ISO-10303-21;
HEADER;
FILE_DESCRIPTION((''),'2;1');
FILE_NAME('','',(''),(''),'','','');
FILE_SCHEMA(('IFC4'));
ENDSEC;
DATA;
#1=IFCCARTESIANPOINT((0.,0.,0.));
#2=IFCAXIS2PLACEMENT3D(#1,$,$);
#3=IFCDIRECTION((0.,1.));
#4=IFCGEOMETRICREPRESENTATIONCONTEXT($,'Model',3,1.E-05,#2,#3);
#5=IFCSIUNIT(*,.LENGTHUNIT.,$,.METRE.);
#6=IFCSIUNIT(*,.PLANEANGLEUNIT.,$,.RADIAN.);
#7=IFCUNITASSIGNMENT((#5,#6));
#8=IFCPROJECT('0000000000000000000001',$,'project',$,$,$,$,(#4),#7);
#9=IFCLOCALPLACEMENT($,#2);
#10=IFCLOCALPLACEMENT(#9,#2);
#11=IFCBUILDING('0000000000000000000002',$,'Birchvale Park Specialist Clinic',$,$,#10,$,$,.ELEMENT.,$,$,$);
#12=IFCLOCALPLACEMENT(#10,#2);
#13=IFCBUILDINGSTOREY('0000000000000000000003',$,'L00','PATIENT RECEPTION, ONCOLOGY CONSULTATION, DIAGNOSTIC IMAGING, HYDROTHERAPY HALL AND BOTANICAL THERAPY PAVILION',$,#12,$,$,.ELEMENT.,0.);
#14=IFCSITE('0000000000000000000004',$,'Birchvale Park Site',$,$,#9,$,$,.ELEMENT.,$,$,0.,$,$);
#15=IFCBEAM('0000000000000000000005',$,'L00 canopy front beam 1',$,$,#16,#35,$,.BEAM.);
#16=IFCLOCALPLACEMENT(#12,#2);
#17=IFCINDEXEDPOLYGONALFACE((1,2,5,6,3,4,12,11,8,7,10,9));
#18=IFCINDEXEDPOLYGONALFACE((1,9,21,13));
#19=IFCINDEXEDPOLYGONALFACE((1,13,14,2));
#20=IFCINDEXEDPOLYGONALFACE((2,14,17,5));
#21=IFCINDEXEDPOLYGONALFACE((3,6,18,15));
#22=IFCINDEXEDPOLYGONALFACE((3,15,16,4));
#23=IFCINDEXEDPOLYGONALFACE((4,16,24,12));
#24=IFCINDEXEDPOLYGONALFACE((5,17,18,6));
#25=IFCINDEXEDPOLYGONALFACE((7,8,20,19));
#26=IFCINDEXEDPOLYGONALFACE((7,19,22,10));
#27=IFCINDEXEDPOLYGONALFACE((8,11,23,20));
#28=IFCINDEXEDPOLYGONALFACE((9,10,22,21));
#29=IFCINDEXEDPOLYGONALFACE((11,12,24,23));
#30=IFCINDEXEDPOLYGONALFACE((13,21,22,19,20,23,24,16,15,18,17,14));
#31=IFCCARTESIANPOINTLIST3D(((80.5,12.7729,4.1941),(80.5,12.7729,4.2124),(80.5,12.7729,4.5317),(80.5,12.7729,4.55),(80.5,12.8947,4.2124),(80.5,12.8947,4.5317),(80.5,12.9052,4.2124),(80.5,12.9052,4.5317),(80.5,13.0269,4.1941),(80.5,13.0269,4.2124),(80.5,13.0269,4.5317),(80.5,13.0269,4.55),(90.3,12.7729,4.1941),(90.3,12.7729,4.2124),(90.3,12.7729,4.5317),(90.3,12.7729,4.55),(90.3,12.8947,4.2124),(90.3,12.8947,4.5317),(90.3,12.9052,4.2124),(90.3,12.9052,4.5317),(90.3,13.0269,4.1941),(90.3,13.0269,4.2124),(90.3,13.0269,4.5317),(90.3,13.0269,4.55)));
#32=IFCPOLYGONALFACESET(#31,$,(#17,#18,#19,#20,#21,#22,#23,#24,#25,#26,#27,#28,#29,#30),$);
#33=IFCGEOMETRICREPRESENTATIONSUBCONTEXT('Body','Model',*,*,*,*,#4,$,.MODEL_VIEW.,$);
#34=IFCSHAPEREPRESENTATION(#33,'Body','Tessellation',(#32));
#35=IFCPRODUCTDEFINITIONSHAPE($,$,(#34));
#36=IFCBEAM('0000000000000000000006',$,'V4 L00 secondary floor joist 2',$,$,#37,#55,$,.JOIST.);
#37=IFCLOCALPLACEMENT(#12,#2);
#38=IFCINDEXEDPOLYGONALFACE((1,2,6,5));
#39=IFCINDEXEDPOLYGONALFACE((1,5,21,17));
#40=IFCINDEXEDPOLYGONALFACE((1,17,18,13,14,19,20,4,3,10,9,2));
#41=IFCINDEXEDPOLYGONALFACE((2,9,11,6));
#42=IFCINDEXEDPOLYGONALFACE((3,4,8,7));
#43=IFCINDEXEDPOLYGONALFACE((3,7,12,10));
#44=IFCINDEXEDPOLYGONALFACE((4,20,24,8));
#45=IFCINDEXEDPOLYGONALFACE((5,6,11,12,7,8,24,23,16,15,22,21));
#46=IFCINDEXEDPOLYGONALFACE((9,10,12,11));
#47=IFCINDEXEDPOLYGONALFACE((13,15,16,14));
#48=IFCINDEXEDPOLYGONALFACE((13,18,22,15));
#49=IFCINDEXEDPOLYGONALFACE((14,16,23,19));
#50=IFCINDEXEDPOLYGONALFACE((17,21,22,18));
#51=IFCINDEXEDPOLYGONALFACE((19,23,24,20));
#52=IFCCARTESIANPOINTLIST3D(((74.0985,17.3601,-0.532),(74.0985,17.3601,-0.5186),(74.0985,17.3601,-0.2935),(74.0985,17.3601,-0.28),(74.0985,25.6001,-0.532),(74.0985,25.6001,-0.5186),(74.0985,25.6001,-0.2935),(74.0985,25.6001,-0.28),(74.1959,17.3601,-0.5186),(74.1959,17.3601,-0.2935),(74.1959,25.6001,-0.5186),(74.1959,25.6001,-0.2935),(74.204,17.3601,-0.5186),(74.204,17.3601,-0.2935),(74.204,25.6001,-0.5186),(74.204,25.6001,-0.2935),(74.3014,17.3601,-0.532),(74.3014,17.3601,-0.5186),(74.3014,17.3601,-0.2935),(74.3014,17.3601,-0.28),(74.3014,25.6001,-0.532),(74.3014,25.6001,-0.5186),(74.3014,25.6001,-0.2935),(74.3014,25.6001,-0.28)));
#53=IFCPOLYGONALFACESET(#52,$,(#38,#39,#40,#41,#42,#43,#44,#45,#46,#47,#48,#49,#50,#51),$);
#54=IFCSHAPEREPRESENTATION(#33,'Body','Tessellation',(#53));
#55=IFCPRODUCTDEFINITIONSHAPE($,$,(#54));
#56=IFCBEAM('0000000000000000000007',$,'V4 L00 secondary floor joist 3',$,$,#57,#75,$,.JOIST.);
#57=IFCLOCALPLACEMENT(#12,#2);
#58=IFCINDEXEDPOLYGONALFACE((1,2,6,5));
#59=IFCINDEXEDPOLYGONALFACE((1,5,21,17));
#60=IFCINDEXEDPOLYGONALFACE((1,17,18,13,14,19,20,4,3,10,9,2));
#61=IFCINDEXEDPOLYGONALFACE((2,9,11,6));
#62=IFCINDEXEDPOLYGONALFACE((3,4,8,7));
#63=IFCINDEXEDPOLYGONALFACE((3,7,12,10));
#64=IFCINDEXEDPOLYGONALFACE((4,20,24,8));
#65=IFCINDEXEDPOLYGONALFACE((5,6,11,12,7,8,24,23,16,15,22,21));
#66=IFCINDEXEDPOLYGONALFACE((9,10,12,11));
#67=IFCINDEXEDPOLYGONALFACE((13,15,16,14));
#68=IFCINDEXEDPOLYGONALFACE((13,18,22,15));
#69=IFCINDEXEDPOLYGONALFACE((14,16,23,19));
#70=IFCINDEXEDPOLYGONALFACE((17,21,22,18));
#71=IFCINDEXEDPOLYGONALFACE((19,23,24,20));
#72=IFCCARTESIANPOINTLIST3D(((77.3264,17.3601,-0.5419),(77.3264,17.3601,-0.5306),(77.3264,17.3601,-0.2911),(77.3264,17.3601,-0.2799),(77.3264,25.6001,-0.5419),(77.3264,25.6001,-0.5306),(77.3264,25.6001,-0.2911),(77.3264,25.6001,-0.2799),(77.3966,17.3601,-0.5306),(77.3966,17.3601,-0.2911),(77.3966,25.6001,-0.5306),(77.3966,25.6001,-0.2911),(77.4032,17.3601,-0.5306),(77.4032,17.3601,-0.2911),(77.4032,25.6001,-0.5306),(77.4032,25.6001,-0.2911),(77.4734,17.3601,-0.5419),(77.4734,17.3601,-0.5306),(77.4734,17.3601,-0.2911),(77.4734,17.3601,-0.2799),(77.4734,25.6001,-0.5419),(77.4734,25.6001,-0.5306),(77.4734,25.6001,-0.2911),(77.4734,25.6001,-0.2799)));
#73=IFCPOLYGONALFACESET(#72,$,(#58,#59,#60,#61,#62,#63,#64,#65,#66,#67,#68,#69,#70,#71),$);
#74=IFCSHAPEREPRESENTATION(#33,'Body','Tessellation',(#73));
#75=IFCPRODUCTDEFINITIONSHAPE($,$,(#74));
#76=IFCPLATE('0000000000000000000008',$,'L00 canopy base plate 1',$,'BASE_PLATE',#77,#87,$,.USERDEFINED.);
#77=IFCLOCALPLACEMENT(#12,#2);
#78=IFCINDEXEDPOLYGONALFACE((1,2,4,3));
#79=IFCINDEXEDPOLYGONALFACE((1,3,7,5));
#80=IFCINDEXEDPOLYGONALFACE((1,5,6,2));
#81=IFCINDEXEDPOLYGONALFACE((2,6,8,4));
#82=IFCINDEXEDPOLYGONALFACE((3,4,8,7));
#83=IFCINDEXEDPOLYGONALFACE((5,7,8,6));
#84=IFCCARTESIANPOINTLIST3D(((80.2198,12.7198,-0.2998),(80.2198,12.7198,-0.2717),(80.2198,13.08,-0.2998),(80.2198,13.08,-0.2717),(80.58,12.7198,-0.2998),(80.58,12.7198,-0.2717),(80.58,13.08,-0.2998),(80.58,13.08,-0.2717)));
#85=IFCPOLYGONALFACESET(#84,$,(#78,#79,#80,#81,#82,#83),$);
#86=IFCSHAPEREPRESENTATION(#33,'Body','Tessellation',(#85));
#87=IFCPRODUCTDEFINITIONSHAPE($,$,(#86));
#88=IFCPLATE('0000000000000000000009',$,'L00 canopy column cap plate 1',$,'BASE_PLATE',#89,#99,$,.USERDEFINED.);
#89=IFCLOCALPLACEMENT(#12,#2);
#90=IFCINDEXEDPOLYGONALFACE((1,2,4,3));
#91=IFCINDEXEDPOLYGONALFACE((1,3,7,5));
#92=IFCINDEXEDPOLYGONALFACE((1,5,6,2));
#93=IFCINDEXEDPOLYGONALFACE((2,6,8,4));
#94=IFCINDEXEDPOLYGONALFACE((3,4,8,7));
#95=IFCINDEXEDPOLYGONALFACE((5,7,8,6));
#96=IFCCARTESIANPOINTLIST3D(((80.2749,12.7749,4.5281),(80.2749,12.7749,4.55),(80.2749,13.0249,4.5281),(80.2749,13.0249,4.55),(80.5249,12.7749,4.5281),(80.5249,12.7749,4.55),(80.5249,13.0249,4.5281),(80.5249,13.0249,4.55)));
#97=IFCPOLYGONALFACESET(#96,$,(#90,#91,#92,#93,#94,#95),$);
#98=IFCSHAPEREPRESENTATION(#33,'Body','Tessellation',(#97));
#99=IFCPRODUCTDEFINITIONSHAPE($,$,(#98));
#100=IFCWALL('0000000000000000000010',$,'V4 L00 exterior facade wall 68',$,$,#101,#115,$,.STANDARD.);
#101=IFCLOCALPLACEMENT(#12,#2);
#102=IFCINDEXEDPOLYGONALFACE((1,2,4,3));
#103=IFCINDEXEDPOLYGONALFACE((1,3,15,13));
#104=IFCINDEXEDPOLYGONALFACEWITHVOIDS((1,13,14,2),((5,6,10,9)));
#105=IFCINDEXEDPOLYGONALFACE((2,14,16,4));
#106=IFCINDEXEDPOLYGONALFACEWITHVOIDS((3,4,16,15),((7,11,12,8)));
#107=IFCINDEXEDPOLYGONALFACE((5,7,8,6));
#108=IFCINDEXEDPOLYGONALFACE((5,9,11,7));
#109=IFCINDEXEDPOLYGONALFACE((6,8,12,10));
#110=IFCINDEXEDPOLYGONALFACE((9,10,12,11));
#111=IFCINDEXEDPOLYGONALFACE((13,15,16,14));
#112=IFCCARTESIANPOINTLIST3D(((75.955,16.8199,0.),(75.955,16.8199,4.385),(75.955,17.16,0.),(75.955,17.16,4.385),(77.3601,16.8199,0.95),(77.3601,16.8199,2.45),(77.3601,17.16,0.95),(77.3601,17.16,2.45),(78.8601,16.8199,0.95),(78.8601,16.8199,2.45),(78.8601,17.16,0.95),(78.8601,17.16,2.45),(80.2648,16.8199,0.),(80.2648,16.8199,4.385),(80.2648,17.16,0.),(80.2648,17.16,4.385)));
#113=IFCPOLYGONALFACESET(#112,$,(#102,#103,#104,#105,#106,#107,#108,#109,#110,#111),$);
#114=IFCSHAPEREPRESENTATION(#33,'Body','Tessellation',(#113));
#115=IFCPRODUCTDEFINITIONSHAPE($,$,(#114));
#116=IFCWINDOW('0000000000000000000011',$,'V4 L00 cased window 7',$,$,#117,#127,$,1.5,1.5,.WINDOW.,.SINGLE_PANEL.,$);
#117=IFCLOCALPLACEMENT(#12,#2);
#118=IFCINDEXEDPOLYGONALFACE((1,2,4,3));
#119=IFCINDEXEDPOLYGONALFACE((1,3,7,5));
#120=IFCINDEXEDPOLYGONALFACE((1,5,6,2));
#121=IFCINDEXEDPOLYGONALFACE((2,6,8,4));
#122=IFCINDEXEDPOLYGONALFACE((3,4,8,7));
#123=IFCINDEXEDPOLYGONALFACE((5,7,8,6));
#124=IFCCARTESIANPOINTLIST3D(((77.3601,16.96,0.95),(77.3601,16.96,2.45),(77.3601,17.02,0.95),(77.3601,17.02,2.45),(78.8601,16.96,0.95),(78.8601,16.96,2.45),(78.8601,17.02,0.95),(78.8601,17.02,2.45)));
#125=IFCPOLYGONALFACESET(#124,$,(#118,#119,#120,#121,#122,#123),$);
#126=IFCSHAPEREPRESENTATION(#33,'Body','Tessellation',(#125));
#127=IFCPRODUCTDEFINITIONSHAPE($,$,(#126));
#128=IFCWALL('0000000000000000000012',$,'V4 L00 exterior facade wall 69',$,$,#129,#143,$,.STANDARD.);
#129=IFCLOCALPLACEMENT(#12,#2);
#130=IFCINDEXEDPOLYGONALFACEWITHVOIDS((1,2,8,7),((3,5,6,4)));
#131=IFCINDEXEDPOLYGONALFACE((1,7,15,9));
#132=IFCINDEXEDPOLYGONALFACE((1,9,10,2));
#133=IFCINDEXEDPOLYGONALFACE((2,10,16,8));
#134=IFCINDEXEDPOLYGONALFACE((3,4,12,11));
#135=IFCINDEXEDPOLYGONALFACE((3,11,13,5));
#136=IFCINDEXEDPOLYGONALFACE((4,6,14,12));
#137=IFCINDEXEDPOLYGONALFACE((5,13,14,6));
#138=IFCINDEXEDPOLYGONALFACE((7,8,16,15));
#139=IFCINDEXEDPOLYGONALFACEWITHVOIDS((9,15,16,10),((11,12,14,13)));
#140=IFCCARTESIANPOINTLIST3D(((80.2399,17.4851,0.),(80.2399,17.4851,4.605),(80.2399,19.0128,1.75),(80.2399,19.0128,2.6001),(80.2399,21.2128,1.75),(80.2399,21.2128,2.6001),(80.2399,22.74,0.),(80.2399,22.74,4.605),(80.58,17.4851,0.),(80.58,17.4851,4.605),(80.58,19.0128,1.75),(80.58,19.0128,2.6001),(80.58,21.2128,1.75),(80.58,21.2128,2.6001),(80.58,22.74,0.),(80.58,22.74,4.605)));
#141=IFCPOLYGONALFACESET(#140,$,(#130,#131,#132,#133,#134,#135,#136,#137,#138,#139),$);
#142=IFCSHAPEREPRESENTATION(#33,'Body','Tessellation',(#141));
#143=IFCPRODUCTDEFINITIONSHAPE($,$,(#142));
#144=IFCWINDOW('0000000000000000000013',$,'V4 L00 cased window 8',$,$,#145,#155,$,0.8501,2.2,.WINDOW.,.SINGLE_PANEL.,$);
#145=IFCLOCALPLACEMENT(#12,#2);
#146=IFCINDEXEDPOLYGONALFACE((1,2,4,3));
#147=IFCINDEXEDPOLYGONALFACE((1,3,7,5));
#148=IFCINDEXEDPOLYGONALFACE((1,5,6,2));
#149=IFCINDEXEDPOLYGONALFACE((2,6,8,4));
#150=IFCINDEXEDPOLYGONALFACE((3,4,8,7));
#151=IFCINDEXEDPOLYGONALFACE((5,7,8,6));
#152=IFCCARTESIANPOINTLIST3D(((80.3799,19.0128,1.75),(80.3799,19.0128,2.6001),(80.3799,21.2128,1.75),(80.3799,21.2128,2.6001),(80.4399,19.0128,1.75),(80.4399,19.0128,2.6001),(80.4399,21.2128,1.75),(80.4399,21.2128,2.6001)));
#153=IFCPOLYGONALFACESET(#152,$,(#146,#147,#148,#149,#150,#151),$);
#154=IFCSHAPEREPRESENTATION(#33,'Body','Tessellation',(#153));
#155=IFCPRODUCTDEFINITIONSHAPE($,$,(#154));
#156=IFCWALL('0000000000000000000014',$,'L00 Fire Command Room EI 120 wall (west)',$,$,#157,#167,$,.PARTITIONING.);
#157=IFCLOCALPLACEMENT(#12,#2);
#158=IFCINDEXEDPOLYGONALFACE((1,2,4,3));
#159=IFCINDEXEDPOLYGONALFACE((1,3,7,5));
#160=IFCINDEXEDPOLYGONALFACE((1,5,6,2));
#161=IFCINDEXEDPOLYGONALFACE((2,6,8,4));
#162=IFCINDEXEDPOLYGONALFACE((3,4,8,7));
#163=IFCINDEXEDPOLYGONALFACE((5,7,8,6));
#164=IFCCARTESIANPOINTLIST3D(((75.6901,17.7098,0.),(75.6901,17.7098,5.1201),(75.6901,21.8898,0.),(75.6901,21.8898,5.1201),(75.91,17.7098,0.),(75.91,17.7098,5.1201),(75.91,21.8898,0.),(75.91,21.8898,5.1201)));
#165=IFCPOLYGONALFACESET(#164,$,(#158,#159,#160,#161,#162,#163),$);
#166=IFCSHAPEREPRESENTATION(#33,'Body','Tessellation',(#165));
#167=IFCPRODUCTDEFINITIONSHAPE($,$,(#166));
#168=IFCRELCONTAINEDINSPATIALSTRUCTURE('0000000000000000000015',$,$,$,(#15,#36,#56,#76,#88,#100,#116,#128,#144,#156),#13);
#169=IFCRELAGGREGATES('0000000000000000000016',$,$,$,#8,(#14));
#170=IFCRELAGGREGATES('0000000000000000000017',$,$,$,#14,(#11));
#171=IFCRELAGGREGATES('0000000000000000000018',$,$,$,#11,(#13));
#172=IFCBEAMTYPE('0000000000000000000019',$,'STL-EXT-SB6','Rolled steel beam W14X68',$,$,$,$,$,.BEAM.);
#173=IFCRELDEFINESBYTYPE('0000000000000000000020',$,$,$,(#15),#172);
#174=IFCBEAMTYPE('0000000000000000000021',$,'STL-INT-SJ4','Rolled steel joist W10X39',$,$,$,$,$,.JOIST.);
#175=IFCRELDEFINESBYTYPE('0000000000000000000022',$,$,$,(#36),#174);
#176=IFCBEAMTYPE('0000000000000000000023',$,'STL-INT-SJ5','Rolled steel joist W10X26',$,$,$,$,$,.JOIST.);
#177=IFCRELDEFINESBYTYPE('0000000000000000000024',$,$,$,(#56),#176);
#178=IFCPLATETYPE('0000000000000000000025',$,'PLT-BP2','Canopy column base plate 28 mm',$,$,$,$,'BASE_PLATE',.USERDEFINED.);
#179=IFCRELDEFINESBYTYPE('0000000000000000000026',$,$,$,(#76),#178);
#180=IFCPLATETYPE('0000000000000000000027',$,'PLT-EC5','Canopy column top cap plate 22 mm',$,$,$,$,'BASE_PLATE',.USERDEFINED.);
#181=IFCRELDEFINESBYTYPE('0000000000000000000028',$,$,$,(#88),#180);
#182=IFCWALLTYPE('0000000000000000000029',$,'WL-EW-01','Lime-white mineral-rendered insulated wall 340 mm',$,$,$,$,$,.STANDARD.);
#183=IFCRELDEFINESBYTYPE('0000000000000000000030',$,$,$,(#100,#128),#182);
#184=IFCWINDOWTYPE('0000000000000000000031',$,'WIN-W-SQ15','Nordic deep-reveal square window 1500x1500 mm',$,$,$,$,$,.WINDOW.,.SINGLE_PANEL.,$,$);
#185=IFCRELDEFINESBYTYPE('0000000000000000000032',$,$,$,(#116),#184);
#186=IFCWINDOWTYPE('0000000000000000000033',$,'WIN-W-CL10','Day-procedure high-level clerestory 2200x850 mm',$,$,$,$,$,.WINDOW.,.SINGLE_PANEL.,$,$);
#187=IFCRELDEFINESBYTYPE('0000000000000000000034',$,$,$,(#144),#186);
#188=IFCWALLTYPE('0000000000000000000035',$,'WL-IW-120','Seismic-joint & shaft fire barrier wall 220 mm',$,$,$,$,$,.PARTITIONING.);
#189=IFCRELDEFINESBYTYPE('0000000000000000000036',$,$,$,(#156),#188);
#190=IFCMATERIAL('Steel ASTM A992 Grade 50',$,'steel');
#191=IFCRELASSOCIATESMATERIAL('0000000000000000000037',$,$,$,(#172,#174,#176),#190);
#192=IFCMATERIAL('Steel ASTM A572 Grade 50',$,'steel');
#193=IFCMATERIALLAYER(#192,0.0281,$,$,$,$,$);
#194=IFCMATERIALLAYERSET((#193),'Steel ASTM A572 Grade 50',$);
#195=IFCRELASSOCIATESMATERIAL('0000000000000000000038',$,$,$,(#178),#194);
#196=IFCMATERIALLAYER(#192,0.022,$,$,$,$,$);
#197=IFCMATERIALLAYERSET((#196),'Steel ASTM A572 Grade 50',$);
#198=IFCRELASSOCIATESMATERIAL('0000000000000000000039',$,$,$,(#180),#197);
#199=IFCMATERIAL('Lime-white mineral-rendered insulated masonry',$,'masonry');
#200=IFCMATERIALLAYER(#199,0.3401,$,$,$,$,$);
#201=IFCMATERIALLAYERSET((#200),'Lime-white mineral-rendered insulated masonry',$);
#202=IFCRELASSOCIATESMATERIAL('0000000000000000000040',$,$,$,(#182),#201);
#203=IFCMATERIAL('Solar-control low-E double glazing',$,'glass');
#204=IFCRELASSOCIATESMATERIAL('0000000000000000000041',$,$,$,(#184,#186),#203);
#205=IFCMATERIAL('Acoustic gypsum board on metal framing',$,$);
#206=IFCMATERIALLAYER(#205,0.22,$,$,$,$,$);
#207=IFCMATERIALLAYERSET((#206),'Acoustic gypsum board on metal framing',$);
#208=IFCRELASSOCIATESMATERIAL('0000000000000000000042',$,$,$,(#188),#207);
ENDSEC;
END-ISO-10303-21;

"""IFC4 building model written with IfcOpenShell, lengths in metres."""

from ifc_helpers import new_model, si_unit, direction, frame, frame_2d, origin, origin_2d, place, context, subcontext, project, spatial, rectangle, i_section, extrude, material, layer, layer_set, material_profile, profile_set, type_object, element, fill, save


model = new_model("IFC4")

# Units and contexts
model_context = context("Model", 3, precision=1e-05, world=origin(), true_north=direction((0.0, 1.0)))
body_context = subcontext(model_context, "Body", "Model", "MODEL_VIEW")
ifc_project = project(units=[si_unit("LENGTHUNIT", "METRE"), si_unit("PLANEANGLEUNIT", "RADIAN")], contexts=[model_context])

# Site, building, storey
site_placement = place(None, origin())
site = spatial("IfcSite", under=ifc_project, at=site_placement, Name="Birchvale Park Site", CompositionType="ELEMENT", RefElevation=0.0)
building_placement = place(site_placement, origin())
building = spatial("IfcBuilding", under=site, at=building_placement, Name="Birchvale Park Specialist Clinic", CompositionType="ELEMENT")
storey_placement = place(building_placement, origin())
storey = spatial("IfcBuildingStorey", under=building, at=storey_placement, Name="L00", Description="PATIENT RECEPTION, ONCOLOGY CONSULTATION, DIAGNOSTIC IMAGING, HYDROTHERAPY HALL AND BOTANICAL THERAPY PAVILION", CompositionType="ELEMENT", Elevation=0.0)

# Beams
ifc_material_1 = material(Name="Steel ASTM A992 Grade 50", Category="steel")
ifc_material_profile_1 = material_profile(ifc_material_1, i_section(OverallWidth=0.2539, OverallDepth=0.356, WebThickness=0.0105, FlangeThickness=0.0183, at=origin_2d()), Name="W14X68")
ifc_profile_set_1 = profile_set([ifc_material_profile_1], Name="Steel ASTM A992 Grade 50")
beam_type_1 = type_object("IfcBeamType", Name="STL-EXT-SB6", Description="Rolled steel beam W14X68", PredefinedType="BEAM", material=ifc_profile_set_1)
beam_1_placement = place(storey_placement, frame((80.5, 12.8999, 4.3721), z_axis=(1.0, 0.0, 0.0), x_axis=(0.0, 1.0, 0.0)))
element("IfcBeam", 1, at=beam_1_placement, inside=storey, type_object=beam_type_1, Name="L00 canopy front beam 1", PredefinedType="BEAM", context=body_context, shape_type="SweptSolid", body=[
    extrude(i_section(OverallWidth=0.2539, OverallDepth=0.356, WebThickness=0.0105, FlangeThickness=0.0183, at=origin_2d()), origin(), (0.0, 0.0, 1.0), 9.8),
])
ifc_material_profile_2 = material_profile(ifc_material_1, i_section(OverallWidth=0.2029, OverallDepth=0.252, WebThickness=0.0081, FlangeThickness=0.0134, at=origin_2d()), Name="W10X39")
ifc_profile_set_2 = profile_set([ifc_material_profile_2], Name="Steel ASTM A992 Grade 50")
beam_type_2 = type_object("IfcBeamType", Name="STL-INT-SJ4", Description="Rolled steel joist W10X39", PredefinedType="JOIST", material=ifc_profile_set_2)
beam_2_placement = place(storey_placement, frame((74.2, 17.3601, -0.406), z_axis=(0.0, 1.0, 0.0), x_axis=(-1.0, 0.0, 0.0)))
element("IfcBeam", 2, at=beam_2_placement, inside=storey, type_object=beam_type_2, Name="V4 L00 secondary floor joist 2", PredefinedType="JOIST", context=body_context, shape_type="SweptSolid", body=[
    extrude(i_section(OverallWidth=0.2029, OverallDepth=0.252, WebThickness=0.0081, FlangeThickness=0.0134, at=origin_2d()), origin(), (0.0, 0.0, 1.0), 8.24),
])
ifc_material_profile_3 = material_profile(ifc_material_1, i_section(OverallWidth=0.147, OverallDepth=0.262, WebThickness=0.0066, FlangeThickness=0.0112, at=origin_2d()), Name="W10X26")
ifc_profile_set_3 = profile_set([ifc_material_profile_3], Name="Steel ASTM A992 Grade 50")
beam_type_3 = type_object("IfcBeamType", Name="STL-INT-SJ5", Description="Rolled steel joist W10X26", PredefinedType="JOIST", material=ifc_profile_set_3)
beam_3_placement = place(storey_placement, frame((77.3999, 17.3601, -0.4109), z_axis=(0.0, 1.0, 0.0), x_axis=(-1.0, 0.0, 0.0)))
element("IfcBeam", 3, at=beam_3_placement, inside=storey, type_object=beam_type_3, Name="V4 L00 secondary floor joist 3", PredefinedType="JOIST", context=body_context, shape_type="SweptSolid", body=[
    extrude(i_section(OverallWidth=0.147, OverallDepth=0.262, WebThickness=0.0066, FlangeThickness=0.0112, at=origin_2d()), origin(), (0.0, 0.0, 1.0), 8.24),
])

# Plates
ifc_material_2 = material(Name="Steel ASTM A572 Grade 50", Category="steel")
ifc_layer_1 = layer(ifc_material_2, 0.0281)
ifc_layer_set_1 = layer_set([ifc_layer_1], Name="Steel ASTM A572 Grade 50")
plate_type_1 = type_object("IfcPlateType", Name="PLT-BP2", Description="Canopy column base plate 28 mm", ElementType="BASE_PLATE", PredefinedType="USERDEFINED", material=ifc_layer_set_1)
plate_1_placement = place(storey_placement, frame((80.3999, 12.8999, -0.2998), z_axis=(0.0, 0.0, 1.0), x_axis=(1.0, 0.0, 0.0)))
element("IfcPlate", 4, at=plate_1_placement, inside=storey, type_object=plate_type_1, Name="L00 canopy base plate 1", ObjectType="BASE_PLATE", PredefinedType="USERDEFINED", context=body_context, shape_type="SweptSolid", body=[
    extrude(rectangle(XDim=0.3601, YDim=0.3601, at=origin_2d()), origin(), (0.0, 0.0, 1.0), 0.0281),
])
ifc_layer_2 = layer(ifc_material_2, 0.022)
ifc_layer_set_2 = layer_set([ifc_layer_2], Name="Steel ASTM A572 Grade 50")
plate_type_2 = type_object("IfcPlateType", Name="PLT-EC5", Description="Canopy column top cap plate 22 mm", ElementType="BASE_PLATE", PredefinedType="USERDEFINED", material=ifc_layer_set_2)
plate_2_placement = place(storey_placement, frame((80.3999, 12.8999, 4.5281), z_axis=(0.0, 0.0, 1.0), x_axis=(1.0, 0.0, 0.0)))
element("IfcPlate", 5, at=plate_2_placement, inside=storey, type_object=plate_type_2, Name="L00 canopy column cap plate 1", ObjectType="BASE_PLATE", PredefinedType="USERDEFINED", context=body_context, shape_type="SweptSolid", body=[
    extrude(rectangle(XDim=0.25, YDim=0.25, at=origin_2d()), origin(), (0.0, 0.0, 1.0), 0.022),
])

# Walls, openings, windows
ifc_material_3 = material(Name="Lime-white mineral-rendered insulated masonry", Category="masonry")
ifc_layer_3 = layer(ifc_material_3, 0.3401)
ifc_layer_set_3 = layer_set([ifc_layer_3], Name="Lime-white mineral-rendered insulated masonry")
wall_type_1 = type_object("IfcWallType", Name="WL-EW-01", Description="Lime-white mineral-rendered insulated wall 340 mm", PredefinedType="STANDARD", material=ifc_layer_set_3)
wall_1_placement = place(storey_placement, frame((75.9551, 16.99, 0.0), z_axis=(0.0, 0.0, 1.0), x_axis=(1.0, 0.0, 0.0)))
wall_1 = element("IfcWall", 6, at=wall_1_placement, inside=storey, type_object=wall_type_1, Name="V4 L00 exterior facade wall 68", PredefinedType="STANDARD", context=body_context, shape_type="SweptSolid", body=[
    extrude(rectangle(XDim=4.3098, YDim=0.3401, at=frame_2d((2.1548, 0.0))), origin(), (0.0, 0.0, 1.0), 4.385),
])
opening_1_placement = place(wall_1_placement, frame((1.405, 0.0, 0.95)))
opening_1 = element("IfcOpeningElement", 7, at=opening_1_placement, cuts=wall_1, PredefinedType="OPENING", context=body_context, shape_type="SweptSolid", body=[
    extrude(rectangle(XDim=1.5, YDim=1.5, at=frame_2d((0.75, 0.75))), frame((0.0, 0.1802, 0.0), z_axis=(0.0, -1.0, 0.0), x_axis=(1.0, 0.0, 0.0)), (0.0, 0.0, 1.0), 0.3601),
])
ifc_material_4 = material(Name="Solar-control low-E double glazing", Category="glass")
window_type_1 = type_object("IfcWindowType", Name="WIN-W-SQ15", Description="Nordic deep-reveal square window 1500x1500 mm", PartitioningType="SINGLE_PANEL", PredefinedType="WINDOW", material=ifc_material_4)
window_1_placement = place(opening_1_placement, origin())
window_1 = element("IfcWindow", 8, at=window_1_placement, inside=storey, type_object=window_type_1, Name="V4 L00 cased window 7", OverallHeight=1.5, OverallWidth=1.5, PartitioningType="SINGLE_PANEL", PredefinedType="WINDOW", context=body_context, shape_type="SweptSolid", body=[
    extrude(rectangle(XDim=1.5, YDim=1.5, at=frame_2d((0.75, 0.75))), frame((0.0, 0.03, 0.0), z_axis=(0.0, -1.0, 0.0), x_axis=(1.0, 0.0, 0.0)), (0.0, 0.0, 1.0), 0.0601),
])
fill(opening_1, window_1)
wall_2_placement = place(storey_placement, frame((80.4099, 17.4851, 0.0), z_axis=(0.0, 0.0, 1.0), x_axis=(0.0, 1.0, 0.0)))
wall_2 = element("IfcWall", 9, at=wall_2_placement, inside=storey, type_object=wall_type_1, Name="V4 L00 exterior facade wall 69", PredefinedType="STANDARD", context=body_context, shape_type="SweptSolid", body=[
    extrude(rectangle(XDim=5.2549, YDim=0.3401, at=frame_2d((2.6274, 0.0))), origin(), (0.0, 0.0, 1.0), 4.605),
])
opening_2_placement = place(wall_2_placement, frame((1.5276, 0.0, 1.75)))
opening_2 = element("IfcOpeningElement", 10, at=opening_2_placement, cuts=wall_2, PredefinedType="OPENING", context=body_context, shape_type="SweptSolid", body=[
    extrude(rectangle(XDim=2.2, YDim=0.8501, at=frame_2d((1.1001, 0.425))), frame((0.0, 0.1802, 0.0), z_axis=(0.0, -1.0, 0.0), x_axis=(1.0, 0.0, 0.0)), (0.0, 0.0, 1.0), 0.3601),
])
window_type_2 = type_object("IfcWindowType", Name="WIN-W-CL10", Description="Day-procedure high-level clerestory 2200x850 mm", PartitioningType="SINGLE_PANEL", PredefinedType="WINDOW", material=ifc_material_4)
window_2_placement = place(opening_2_placement, origin())
window_2 = element("IfcWindow", 11, at=window_2_placement, inside=storey, type_object=window_type_2, Name="V4 L00 cased window 8", OverallHeight=0.8501, OverallWidth=2.2, PartitioningType="SINGLE_PANEL", PredefinedType="WINDOW", context=body_context, shape_type="SweptSolid", body=[
    extrude(rectangle(XDim=2.2, YDim=0.8501, at=frame_2d((1.1001, 0.425))), frame((0.0, 0.03, 0.0), z_axis=(0.0, -1.0, 0.0), x_axis=(1.0, 0.0, 0.0)), (0.0, 0.0, 1.0), 0.0601),
])
fill(opening_2, window_2)

# Wall
ifc_material_5 = material(Name="Acoustic gypsum board on metal framing")
ifc_layer_4 = layer(ifc_material_5, 0.22)
ifc_layer_set_4 = layer_set([ifc_layer_4], Name="Acoustic gypsum board on metal framing")
wall_type_2 = type_object("IfcWallType", Name="WL-IW-120", Description="Seismic-joint & shaft fire barrier wall 220 mm", PredefinedType="PARTITIONING", material=ifc_layer_set_4)
wall_3_placement = place(storey_placement, frame((75.8, 17.71, 0.0), z_axis=(0.0, 0.0, 1.0), x_axis=(0.0, 1.0, 0.0)))
element("IfcWall", 12, at=wall_3_placement, inside=storey, type_object=wall_type_2, Name="L00 Fire Command Room EI 120 wall (west)", PredefinedType="PARTITIONING", context=body_context, shape_type="SweptSolid", body=[
    extrude(rectangle(XDim=4.1799, YDim=0.22, at=frame_2d((2.0898, 0.0))), origin(), (0.0, 0.0, 1.0), 5.1201),
])

save(model, "model.ifc")
